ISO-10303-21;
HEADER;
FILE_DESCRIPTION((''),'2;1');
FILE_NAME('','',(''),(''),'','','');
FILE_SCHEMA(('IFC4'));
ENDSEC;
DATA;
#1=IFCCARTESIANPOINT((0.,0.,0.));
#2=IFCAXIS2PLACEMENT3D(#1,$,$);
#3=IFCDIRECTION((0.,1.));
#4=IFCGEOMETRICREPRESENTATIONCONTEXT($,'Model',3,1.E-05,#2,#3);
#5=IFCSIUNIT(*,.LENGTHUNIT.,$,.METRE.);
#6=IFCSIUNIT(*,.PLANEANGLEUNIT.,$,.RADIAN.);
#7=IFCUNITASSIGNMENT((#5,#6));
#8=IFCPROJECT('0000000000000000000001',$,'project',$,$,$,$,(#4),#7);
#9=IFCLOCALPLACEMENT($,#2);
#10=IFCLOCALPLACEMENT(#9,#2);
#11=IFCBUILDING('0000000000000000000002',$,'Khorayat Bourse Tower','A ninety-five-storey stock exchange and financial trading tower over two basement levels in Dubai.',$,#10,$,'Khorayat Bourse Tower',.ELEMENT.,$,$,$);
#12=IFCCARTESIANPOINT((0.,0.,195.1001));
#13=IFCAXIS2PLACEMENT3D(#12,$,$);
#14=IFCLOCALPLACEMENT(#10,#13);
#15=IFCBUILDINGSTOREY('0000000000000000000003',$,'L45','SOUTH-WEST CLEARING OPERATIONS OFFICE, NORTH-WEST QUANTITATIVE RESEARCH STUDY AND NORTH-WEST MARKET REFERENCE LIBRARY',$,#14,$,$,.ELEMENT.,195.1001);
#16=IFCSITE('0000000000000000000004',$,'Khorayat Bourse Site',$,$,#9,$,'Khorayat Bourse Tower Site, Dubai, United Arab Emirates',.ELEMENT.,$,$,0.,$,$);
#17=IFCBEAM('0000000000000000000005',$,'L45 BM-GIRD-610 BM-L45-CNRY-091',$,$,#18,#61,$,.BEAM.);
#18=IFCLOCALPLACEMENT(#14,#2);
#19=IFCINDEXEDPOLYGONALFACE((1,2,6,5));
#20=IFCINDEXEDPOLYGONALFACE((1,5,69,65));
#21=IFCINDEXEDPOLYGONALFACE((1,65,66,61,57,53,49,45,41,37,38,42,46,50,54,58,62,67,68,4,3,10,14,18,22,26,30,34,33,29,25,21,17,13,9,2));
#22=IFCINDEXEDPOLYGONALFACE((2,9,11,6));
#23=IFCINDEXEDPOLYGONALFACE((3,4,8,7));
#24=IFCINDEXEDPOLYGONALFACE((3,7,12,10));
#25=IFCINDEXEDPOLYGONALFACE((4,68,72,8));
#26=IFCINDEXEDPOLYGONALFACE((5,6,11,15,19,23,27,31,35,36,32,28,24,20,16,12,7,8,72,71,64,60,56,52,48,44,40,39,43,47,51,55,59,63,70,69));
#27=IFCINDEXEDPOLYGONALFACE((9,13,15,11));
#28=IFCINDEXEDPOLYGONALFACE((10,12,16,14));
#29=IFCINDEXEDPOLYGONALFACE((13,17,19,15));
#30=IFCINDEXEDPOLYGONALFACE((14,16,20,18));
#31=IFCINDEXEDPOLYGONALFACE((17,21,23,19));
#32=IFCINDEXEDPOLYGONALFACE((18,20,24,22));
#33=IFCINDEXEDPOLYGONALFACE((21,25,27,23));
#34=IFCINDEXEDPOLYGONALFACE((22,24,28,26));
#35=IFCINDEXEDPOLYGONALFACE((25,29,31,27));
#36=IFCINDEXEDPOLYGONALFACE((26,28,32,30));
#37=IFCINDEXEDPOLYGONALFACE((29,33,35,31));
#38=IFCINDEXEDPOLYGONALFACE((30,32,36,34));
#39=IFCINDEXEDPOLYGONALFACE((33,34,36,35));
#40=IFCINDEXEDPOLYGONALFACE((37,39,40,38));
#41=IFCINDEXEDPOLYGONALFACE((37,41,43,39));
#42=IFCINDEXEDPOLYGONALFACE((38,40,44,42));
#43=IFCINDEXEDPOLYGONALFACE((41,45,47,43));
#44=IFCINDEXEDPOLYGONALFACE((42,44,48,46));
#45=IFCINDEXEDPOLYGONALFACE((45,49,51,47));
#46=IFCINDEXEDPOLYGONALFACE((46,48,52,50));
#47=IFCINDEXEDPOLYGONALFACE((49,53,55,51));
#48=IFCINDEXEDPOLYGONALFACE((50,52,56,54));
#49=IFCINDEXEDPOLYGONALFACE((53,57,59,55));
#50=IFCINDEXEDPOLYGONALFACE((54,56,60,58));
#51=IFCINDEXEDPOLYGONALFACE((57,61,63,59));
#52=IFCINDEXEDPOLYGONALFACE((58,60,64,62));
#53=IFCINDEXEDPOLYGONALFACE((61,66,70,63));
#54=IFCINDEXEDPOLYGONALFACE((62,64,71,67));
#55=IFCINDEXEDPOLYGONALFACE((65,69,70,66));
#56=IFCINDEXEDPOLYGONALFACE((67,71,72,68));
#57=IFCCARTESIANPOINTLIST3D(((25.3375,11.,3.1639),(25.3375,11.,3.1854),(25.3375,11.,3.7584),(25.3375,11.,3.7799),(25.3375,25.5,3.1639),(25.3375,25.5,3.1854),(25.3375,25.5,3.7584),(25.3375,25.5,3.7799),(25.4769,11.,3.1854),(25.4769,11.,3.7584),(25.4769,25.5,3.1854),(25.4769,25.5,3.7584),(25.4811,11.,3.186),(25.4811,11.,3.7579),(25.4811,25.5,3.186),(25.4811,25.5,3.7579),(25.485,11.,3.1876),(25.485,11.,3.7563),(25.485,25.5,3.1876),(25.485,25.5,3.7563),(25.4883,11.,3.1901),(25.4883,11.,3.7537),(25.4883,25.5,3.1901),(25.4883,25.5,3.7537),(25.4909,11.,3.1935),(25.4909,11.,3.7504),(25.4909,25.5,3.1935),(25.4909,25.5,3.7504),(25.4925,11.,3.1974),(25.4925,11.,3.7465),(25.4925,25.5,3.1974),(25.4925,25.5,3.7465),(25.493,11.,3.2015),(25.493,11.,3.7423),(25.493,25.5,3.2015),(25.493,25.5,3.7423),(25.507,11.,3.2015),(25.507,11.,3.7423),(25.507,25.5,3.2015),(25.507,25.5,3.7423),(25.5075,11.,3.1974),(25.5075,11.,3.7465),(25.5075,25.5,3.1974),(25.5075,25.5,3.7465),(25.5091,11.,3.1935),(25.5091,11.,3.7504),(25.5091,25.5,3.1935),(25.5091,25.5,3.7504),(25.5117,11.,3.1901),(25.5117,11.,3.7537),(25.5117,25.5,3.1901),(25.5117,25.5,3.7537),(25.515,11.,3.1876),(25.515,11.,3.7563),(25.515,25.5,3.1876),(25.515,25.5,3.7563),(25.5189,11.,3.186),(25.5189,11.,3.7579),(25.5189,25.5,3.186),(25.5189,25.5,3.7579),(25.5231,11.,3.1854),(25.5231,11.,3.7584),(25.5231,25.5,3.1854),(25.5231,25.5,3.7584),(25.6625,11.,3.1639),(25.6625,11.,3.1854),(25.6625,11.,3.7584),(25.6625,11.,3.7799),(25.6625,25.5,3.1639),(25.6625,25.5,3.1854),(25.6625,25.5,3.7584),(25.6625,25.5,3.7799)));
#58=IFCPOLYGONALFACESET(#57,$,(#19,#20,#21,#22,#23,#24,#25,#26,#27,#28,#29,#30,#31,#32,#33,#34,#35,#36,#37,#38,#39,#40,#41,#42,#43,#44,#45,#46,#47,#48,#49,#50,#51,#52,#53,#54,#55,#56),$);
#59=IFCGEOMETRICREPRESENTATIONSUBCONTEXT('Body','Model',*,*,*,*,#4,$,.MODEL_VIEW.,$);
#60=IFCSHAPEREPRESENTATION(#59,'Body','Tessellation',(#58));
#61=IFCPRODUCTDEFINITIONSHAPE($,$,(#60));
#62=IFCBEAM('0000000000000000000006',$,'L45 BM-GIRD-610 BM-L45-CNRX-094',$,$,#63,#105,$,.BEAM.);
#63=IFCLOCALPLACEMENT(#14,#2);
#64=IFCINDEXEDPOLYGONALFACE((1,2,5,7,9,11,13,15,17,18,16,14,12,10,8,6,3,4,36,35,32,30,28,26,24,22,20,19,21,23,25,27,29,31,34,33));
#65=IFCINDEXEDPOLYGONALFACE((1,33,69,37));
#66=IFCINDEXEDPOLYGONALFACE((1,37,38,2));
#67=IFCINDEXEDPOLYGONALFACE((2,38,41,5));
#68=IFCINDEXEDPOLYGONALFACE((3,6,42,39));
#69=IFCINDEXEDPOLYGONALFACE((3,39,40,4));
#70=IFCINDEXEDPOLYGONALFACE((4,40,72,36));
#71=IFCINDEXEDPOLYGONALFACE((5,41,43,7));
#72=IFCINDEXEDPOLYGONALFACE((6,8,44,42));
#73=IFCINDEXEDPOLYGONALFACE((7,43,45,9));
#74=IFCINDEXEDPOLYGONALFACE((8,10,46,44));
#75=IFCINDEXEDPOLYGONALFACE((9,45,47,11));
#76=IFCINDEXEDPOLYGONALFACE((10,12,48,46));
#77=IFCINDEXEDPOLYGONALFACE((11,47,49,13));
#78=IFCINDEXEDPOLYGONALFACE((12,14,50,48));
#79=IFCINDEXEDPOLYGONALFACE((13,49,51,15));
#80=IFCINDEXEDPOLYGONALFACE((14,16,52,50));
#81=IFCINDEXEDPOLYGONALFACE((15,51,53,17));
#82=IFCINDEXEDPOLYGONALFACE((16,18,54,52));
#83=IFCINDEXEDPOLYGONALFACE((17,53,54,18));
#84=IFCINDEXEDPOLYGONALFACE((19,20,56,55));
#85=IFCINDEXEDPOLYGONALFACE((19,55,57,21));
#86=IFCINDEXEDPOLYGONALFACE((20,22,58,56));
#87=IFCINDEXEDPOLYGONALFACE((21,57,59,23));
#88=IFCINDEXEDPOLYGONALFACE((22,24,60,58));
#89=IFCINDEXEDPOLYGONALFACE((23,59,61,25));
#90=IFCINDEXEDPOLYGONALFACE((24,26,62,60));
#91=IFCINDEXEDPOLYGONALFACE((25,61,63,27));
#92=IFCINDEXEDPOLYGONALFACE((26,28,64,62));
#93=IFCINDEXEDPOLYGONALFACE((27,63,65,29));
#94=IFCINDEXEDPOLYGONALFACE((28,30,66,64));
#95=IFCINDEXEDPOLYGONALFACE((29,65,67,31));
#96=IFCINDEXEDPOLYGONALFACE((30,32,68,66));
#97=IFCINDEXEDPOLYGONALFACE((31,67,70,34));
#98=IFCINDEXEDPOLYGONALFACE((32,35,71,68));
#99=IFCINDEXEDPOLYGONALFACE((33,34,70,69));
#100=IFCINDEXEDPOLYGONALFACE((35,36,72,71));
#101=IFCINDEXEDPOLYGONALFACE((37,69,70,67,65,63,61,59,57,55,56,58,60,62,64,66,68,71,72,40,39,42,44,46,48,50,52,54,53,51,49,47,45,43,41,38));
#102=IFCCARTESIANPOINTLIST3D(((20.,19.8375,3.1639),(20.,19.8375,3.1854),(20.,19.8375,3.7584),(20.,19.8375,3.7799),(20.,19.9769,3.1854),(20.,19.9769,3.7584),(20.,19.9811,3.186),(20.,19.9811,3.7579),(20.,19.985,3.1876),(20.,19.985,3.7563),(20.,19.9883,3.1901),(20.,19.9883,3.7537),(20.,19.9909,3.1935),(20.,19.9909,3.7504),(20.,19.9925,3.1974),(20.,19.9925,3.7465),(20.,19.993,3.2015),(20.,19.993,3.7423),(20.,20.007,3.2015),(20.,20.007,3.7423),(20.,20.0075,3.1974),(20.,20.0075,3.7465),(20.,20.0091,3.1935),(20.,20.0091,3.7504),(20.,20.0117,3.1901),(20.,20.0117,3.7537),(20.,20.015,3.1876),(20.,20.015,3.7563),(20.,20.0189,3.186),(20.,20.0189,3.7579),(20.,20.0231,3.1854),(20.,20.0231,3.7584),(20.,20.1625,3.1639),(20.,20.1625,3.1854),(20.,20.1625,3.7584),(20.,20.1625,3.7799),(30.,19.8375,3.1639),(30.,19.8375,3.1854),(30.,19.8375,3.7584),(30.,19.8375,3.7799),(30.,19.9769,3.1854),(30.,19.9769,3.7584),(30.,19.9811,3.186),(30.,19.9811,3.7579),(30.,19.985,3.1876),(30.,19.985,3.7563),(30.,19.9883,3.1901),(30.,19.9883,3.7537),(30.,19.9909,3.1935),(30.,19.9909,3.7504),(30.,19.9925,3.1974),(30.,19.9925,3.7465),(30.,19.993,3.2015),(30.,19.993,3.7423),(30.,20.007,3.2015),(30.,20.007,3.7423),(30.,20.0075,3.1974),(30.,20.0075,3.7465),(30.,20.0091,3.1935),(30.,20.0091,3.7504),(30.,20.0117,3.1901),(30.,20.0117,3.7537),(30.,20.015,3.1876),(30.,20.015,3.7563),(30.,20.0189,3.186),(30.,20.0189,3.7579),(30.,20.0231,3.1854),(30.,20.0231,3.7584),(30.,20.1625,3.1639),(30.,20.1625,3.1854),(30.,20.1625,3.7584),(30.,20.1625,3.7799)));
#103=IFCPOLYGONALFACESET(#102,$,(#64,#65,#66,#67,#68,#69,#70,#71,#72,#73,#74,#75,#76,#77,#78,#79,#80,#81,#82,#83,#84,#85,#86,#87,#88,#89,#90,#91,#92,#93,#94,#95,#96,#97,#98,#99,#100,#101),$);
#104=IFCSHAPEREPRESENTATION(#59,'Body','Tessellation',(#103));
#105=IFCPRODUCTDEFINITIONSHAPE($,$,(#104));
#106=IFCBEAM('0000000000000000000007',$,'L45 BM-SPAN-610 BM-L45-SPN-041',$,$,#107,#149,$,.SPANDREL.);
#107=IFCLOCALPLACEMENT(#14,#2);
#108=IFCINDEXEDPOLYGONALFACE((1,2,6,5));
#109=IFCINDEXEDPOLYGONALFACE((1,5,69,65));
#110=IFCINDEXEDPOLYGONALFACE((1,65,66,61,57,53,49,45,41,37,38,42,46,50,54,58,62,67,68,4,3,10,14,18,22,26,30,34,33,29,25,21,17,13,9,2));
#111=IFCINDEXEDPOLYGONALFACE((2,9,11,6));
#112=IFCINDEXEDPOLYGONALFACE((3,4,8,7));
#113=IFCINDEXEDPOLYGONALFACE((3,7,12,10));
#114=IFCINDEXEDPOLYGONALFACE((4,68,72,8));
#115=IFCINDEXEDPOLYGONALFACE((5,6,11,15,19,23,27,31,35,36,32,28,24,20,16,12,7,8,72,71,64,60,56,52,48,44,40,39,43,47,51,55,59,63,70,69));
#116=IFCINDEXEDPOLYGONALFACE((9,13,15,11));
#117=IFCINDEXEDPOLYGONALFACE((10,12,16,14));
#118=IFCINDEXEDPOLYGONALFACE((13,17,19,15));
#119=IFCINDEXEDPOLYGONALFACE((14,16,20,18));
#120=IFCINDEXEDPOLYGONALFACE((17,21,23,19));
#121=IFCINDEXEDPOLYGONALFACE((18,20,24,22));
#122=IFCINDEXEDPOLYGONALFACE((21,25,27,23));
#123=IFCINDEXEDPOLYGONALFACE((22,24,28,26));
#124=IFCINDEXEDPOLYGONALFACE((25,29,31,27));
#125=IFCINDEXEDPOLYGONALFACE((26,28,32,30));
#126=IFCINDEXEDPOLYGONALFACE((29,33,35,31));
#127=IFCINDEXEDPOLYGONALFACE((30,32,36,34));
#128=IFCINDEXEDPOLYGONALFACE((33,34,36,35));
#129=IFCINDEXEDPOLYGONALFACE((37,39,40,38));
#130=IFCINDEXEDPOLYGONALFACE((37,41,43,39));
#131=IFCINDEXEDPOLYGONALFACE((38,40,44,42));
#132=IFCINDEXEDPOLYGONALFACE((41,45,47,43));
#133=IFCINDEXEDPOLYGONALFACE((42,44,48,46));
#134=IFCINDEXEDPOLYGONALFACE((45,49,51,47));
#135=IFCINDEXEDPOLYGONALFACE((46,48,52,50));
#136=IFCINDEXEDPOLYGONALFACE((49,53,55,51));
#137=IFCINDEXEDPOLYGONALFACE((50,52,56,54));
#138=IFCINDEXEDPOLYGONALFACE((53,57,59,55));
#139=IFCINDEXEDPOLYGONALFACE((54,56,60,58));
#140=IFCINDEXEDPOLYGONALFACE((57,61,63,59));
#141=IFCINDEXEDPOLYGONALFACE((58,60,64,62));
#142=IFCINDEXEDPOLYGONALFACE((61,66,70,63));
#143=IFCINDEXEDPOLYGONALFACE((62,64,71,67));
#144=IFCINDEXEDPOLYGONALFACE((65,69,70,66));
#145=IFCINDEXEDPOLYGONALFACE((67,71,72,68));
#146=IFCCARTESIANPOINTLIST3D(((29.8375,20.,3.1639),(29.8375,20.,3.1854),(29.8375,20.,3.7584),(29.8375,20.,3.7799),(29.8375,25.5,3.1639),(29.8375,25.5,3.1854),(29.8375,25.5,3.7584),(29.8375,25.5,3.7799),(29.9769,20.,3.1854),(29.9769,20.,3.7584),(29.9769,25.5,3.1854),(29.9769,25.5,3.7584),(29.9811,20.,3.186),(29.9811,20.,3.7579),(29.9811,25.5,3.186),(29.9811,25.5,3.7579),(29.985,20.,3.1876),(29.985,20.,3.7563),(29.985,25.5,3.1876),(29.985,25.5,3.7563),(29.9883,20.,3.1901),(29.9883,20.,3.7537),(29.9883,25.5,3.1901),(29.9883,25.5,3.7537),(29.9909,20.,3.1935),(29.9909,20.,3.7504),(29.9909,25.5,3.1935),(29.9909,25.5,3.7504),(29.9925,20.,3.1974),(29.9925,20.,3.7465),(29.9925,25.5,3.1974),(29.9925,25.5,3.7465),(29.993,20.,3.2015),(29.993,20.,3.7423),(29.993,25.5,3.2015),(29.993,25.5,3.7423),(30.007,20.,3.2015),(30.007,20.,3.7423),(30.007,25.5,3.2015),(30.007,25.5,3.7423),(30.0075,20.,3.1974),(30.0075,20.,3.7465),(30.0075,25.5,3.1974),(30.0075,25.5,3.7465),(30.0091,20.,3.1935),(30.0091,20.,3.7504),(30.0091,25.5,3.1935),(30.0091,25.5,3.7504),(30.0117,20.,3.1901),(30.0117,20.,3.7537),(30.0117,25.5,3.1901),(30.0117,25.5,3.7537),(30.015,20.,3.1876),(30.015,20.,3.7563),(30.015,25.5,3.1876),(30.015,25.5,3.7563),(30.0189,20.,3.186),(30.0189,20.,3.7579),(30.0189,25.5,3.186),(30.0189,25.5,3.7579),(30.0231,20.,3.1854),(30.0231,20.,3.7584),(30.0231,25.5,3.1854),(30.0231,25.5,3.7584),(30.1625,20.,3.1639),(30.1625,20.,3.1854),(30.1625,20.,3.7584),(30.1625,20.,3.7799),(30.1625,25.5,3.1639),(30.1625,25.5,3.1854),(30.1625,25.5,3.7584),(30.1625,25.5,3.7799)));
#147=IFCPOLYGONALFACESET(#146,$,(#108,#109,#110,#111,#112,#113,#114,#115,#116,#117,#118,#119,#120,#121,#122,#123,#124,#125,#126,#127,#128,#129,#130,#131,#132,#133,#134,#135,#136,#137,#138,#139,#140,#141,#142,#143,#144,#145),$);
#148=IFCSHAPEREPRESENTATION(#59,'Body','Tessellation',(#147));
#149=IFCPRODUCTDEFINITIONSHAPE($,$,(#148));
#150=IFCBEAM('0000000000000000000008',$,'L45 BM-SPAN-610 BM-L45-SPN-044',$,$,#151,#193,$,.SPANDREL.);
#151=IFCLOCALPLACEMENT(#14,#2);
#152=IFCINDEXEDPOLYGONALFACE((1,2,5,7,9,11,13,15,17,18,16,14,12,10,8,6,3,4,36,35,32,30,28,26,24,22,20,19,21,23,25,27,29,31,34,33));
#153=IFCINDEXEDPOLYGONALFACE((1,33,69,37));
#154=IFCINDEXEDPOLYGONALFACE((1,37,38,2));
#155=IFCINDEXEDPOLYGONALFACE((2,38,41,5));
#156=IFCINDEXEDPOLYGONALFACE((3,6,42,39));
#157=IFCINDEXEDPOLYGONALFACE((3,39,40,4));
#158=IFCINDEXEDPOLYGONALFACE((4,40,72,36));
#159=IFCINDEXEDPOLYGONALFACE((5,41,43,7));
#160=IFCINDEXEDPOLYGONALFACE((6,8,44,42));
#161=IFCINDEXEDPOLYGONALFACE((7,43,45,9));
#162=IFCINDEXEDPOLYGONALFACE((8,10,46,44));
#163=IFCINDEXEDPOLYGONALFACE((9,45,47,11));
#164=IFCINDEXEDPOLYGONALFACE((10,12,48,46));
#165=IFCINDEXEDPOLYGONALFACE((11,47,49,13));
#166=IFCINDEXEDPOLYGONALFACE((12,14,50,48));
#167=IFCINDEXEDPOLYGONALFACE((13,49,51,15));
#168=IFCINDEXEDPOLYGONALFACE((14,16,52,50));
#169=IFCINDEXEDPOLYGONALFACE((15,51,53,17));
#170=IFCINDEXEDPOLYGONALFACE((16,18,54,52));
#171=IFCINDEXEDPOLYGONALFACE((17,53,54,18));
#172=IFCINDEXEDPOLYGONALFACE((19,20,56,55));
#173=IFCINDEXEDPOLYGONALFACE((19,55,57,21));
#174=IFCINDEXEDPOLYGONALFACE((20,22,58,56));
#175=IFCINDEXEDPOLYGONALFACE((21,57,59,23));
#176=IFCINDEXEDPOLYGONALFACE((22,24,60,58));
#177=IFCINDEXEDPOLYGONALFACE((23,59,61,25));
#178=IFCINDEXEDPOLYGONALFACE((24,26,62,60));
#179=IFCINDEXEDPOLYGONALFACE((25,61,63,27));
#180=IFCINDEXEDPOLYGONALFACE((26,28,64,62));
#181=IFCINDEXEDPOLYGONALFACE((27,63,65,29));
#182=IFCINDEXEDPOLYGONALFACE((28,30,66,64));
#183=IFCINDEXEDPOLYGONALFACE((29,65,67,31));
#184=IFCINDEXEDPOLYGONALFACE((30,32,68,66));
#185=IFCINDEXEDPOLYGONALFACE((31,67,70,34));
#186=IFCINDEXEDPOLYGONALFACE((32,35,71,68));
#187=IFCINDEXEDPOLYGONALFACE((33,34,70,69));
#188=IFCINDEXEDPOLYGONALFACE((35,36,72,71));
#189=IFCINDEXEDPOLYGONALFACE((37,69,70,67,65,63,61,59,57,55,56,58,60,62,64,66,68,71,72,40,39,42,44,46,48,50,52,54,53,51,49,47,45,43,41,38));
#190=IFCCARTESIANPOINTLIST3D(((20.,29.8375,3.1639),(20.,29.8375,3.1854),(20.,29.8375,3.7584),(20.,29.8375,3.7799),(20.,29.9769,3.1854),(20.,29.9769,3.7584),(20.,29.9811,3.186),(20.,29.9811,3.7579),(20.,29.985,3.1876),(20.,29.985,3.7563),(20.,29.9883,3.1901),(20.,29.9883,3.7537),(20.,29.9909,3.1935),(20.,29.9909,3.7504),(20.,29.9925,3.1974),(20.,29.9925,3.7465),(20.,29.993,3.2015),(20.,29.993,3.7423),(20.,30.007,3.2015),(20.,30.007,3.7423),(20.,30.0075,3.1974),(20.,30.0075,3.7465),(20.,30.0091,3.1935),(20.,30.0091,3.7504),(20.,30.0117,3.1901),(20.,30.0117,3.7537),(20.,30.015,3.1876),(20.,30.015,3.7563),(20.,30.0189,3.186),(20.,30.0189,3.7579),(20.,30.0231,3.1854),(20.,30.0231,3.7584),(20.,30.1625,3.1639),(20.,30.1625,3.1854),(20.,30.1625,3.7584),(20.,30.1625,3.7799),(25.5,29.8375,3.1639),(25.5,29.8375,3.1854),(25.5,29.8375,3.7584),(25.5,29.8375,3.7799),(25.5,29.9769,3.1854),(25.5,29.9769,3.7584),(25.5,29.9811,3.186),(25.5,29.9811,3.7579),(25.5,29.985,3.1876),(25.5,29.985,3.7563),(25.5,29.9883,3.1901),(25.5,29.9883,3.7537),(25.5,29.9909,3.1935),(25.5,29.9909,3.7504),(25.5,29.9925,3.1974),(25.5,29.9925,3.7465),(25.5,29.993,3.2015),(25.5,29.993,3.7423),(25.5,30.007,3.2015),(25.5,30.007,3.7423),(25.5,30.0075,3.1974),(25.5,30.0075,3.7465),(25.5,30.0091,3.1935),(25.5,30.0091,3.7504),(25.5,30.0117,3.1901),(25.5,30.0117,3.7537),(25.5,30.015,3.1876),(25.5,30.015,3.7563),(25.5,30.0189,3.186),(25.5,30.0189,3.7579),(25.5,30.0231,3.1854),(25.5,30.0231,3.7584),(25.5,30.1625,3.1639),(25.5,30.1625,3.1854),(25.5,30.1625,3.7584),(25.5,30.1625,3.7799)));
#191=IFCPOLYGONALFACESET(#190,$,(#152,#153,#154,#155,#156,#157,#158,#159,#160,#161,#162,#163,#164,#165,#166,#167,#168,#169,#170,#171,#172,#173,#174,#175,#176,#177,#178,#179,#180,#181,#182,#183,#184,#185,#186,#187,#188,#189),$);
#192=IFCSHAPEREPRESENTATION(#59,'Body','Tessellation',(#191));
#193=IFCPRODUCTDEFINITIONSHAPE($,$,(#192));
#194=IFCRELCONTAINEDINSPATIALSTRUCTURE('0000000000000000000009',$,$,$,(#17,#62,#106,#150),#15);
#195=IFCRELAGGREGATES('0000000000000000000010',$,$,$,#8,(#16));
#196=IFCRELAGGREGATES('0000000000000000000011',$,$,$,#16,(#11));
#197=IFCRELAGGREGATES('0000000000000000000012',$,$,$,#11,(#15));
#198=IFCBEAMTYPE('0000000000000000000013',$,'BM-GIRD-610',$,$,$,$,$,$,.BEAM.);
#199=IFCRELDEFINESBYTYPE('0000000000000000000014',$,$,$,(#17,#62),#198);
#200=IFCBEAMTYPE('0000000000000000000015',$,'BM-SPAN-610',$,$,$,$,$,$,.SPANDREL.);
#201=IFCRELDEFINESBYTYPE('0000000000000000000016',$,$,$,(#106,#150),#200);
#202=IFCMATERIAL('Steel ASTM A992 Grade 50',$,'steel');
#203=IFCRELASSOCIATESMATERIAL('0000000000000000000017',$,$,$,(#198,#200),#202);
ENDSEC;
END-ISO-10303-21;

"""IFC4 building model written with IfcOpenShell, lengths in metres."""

from ifc_helpers import new_model, si_unit, direction, frame, origin, origin_2d, place, context, subcontext, project, spatial, i_section, extrude, source, transform, mapped, material, material_profile, profile_set, type_object, element, save


model = new_model("IFC4")

# Units and contexts
model_context = context("Model", 3, precision=1e-05, world=origin(), true_north=direction((0.0, 1.0)))
body_context = subcontext(model_context, "Body", "Model", "MODEL_VIEW")
ifc_project = project(units=[si_unit("LENGTHUNIT", "METRE"), si_unit("PLANEANGLEUNIT", "RADIAN")], contexts=[model_context])

# Site, building, storey
site_placement = place(None, origin())
site = spatial("IfcSite", under=ifc_project, at=site_placement, Name="Khorayat Bourse Site", LongName="Khorayat Bourse Tower Site, Dubai, United Arab Emirates", CompositionType="ELEMENT", RefElevation=0.0)
building_placement = place(site_placement, origin())
building = spatial("IfcBuilding", under=site, at=building_placement, Name="Khorayat Bourse Tower", Description="A ninety-five-storey stock exchange and financial trading tower over two basement levels in Dubai.", LongName="Khorayat Bourse Tower", CompositionType="ELEMENT")
storey_placement = place(building_placement, frame((0.0, 0.0, 195.1001)))
storey = spatial("IfcBuildingStorey", under=building, at=storey_placement, Name="L45", Description="SOUTH-WEST CLEARING OPERATIONS OFFICE, NORTH-WEST QUANTITATIVE RESEARCH STUDY AND NORTH-WEST MARKET REFERENCE LIBRARY", CompositionType="ELEMENT", Elevation=195.1001)

# Beams
ifc_material_1 = material(Name="Steel ASTM A992 Grade 50", Category="steel")
ifc_material_profile_1 = material_profile(ifc_material_1, i_section(OverallWidth=0.325, OverallDepth=0.616, WebThickness=0.0139, FlangeThickness=0.0215, FilletRadius=0.0161, at=origin_2d()), Name="W610X174")
ifc_profile_set_1 = profile_set([ifc_material_profile_1], Name="Steel ASTM A992 Grade 50")
beam_type_1 = type_object("IfcBeamType", Name="BM-GIRD-610", PredefinedType="BEAM", material=ifc_profile_set_1)
shared_shape_1 = source(origin(), body_context, "Body", "SweptSolid", [
    extrude(i_section(OverallWidth=0.325, OverallDepth=0.616, WebThickness=0.0139, FlangeThickness=0.0215, FilletRadius=0.0161, at=origin_2d()), origin(), (0.0, 0.0, 1.0), 14.5),
])
beam_1_placement = place(storey_placement, frame((25.5, 11.0, 3.4719), z_axis=(0.0, 1.0, 0.0), x_axis=(-1.0, 0.0, 0.0)))
element("IfcBeam", 1, at=beam_1_placement, inside=storey, type_object=beam_type_1, Name="L45 BM-GIRD-610 BM-L45-CNRY-091", PredefinedType="BEAM", context=body_context, shape_type="MappedRepresentation", body=[
    mapped(shared_shape_1, transform((0.0, 0.0, 0.0), scale=1.0)),
])
shared_shape_2 = source(origin(), body_context, "Body", "SweptSolid", [
    extrude(i_section(OverallWidth=0.325, OverallDepth=0.616, WebThickness=0.0139, FlangeThickness=0.0215, FilletRadius=0.0161, at=origin_2d()), origin(), (0.0, 0.0, 1.0), 10.0),
])
beam_2_placement = place(storey_placement, frame((20.0, 20.0, 3.4719), z_axis=(1.0, 0.0, 0.0), x_axis=(0.0, 1.0, 0.0)))
element("IfcBeam", 2, at=beam_2_placement, inside=storey, type_object=beam_type_1, Name="L45 BM-GIRD-610 BM-L45-CNRX-094", PredefinedType="BEAM", context=body_context, shape_type="MappedRepresentation", body=[
    mapped(shared_shape_2, transform((0.0, 0.0, 0.0), scale=1.0)),
])
ifc_material_profile_2 = material_profile(ifc_material_1, i_section(OverallWidth=0.325, OverallDepth=0.616, WebThickness=0.0139, FlangeThickness=0.0215, FilletRadius=0.0161, at=origin_2d()), Name="W610X174")
ifc_profile_set_2 = profile_set([ifc_material_profile_2], Name="Steel ASTM A992 Grade 50")
beam_type_2 = type_object("IfcBeamType", Name="BM-SPAN-610", PredefinedType="SPANDREL", material=ifc_profile_set_2)
shared_shape_3 = source(origin(), body_context, "Body", "SweptSolid", [
    extrude(i_section(OverallWidth=0.325, OverallDepth=0.616, WebThickness=0.0139, FlangeThickness=0.0215, FilletRadius=0.0161, at=origin_2d()), origin(), (0.0, 0.0, 1.0), 5.5),
])
for number, where, z_axis, x_axis, name in (
    (3, (30.0, 20.0, 3.4719), (0.0, 1.0, 0.0), (-1.0, 0.0, 0.0), "L45 BM-SPAN-610 BM-L45-SPN-041"),
    (4, (20.0, 30.0, 3.4719), (1.0, 0.0, 0.0), (0.0, 1.0, 0.0), "L45 BM-SPAN-610 BM-L45-SPN-044"),
):
    element("IfcBeam", number, at=place(storey_placement, frame(where, z_axis=z_axis, x_axis=x_axis)), inside=storey, type_object=beam_type_2, Name=name, PredefinedType="SPANDREL", context=body_context, shape_type="MappedRepresentation", body=[
        mapped(shared_shape_3, transform((0.0, 0.0, 0.0), scale=1.0)),
    ])

save(model, "model.ifc")
